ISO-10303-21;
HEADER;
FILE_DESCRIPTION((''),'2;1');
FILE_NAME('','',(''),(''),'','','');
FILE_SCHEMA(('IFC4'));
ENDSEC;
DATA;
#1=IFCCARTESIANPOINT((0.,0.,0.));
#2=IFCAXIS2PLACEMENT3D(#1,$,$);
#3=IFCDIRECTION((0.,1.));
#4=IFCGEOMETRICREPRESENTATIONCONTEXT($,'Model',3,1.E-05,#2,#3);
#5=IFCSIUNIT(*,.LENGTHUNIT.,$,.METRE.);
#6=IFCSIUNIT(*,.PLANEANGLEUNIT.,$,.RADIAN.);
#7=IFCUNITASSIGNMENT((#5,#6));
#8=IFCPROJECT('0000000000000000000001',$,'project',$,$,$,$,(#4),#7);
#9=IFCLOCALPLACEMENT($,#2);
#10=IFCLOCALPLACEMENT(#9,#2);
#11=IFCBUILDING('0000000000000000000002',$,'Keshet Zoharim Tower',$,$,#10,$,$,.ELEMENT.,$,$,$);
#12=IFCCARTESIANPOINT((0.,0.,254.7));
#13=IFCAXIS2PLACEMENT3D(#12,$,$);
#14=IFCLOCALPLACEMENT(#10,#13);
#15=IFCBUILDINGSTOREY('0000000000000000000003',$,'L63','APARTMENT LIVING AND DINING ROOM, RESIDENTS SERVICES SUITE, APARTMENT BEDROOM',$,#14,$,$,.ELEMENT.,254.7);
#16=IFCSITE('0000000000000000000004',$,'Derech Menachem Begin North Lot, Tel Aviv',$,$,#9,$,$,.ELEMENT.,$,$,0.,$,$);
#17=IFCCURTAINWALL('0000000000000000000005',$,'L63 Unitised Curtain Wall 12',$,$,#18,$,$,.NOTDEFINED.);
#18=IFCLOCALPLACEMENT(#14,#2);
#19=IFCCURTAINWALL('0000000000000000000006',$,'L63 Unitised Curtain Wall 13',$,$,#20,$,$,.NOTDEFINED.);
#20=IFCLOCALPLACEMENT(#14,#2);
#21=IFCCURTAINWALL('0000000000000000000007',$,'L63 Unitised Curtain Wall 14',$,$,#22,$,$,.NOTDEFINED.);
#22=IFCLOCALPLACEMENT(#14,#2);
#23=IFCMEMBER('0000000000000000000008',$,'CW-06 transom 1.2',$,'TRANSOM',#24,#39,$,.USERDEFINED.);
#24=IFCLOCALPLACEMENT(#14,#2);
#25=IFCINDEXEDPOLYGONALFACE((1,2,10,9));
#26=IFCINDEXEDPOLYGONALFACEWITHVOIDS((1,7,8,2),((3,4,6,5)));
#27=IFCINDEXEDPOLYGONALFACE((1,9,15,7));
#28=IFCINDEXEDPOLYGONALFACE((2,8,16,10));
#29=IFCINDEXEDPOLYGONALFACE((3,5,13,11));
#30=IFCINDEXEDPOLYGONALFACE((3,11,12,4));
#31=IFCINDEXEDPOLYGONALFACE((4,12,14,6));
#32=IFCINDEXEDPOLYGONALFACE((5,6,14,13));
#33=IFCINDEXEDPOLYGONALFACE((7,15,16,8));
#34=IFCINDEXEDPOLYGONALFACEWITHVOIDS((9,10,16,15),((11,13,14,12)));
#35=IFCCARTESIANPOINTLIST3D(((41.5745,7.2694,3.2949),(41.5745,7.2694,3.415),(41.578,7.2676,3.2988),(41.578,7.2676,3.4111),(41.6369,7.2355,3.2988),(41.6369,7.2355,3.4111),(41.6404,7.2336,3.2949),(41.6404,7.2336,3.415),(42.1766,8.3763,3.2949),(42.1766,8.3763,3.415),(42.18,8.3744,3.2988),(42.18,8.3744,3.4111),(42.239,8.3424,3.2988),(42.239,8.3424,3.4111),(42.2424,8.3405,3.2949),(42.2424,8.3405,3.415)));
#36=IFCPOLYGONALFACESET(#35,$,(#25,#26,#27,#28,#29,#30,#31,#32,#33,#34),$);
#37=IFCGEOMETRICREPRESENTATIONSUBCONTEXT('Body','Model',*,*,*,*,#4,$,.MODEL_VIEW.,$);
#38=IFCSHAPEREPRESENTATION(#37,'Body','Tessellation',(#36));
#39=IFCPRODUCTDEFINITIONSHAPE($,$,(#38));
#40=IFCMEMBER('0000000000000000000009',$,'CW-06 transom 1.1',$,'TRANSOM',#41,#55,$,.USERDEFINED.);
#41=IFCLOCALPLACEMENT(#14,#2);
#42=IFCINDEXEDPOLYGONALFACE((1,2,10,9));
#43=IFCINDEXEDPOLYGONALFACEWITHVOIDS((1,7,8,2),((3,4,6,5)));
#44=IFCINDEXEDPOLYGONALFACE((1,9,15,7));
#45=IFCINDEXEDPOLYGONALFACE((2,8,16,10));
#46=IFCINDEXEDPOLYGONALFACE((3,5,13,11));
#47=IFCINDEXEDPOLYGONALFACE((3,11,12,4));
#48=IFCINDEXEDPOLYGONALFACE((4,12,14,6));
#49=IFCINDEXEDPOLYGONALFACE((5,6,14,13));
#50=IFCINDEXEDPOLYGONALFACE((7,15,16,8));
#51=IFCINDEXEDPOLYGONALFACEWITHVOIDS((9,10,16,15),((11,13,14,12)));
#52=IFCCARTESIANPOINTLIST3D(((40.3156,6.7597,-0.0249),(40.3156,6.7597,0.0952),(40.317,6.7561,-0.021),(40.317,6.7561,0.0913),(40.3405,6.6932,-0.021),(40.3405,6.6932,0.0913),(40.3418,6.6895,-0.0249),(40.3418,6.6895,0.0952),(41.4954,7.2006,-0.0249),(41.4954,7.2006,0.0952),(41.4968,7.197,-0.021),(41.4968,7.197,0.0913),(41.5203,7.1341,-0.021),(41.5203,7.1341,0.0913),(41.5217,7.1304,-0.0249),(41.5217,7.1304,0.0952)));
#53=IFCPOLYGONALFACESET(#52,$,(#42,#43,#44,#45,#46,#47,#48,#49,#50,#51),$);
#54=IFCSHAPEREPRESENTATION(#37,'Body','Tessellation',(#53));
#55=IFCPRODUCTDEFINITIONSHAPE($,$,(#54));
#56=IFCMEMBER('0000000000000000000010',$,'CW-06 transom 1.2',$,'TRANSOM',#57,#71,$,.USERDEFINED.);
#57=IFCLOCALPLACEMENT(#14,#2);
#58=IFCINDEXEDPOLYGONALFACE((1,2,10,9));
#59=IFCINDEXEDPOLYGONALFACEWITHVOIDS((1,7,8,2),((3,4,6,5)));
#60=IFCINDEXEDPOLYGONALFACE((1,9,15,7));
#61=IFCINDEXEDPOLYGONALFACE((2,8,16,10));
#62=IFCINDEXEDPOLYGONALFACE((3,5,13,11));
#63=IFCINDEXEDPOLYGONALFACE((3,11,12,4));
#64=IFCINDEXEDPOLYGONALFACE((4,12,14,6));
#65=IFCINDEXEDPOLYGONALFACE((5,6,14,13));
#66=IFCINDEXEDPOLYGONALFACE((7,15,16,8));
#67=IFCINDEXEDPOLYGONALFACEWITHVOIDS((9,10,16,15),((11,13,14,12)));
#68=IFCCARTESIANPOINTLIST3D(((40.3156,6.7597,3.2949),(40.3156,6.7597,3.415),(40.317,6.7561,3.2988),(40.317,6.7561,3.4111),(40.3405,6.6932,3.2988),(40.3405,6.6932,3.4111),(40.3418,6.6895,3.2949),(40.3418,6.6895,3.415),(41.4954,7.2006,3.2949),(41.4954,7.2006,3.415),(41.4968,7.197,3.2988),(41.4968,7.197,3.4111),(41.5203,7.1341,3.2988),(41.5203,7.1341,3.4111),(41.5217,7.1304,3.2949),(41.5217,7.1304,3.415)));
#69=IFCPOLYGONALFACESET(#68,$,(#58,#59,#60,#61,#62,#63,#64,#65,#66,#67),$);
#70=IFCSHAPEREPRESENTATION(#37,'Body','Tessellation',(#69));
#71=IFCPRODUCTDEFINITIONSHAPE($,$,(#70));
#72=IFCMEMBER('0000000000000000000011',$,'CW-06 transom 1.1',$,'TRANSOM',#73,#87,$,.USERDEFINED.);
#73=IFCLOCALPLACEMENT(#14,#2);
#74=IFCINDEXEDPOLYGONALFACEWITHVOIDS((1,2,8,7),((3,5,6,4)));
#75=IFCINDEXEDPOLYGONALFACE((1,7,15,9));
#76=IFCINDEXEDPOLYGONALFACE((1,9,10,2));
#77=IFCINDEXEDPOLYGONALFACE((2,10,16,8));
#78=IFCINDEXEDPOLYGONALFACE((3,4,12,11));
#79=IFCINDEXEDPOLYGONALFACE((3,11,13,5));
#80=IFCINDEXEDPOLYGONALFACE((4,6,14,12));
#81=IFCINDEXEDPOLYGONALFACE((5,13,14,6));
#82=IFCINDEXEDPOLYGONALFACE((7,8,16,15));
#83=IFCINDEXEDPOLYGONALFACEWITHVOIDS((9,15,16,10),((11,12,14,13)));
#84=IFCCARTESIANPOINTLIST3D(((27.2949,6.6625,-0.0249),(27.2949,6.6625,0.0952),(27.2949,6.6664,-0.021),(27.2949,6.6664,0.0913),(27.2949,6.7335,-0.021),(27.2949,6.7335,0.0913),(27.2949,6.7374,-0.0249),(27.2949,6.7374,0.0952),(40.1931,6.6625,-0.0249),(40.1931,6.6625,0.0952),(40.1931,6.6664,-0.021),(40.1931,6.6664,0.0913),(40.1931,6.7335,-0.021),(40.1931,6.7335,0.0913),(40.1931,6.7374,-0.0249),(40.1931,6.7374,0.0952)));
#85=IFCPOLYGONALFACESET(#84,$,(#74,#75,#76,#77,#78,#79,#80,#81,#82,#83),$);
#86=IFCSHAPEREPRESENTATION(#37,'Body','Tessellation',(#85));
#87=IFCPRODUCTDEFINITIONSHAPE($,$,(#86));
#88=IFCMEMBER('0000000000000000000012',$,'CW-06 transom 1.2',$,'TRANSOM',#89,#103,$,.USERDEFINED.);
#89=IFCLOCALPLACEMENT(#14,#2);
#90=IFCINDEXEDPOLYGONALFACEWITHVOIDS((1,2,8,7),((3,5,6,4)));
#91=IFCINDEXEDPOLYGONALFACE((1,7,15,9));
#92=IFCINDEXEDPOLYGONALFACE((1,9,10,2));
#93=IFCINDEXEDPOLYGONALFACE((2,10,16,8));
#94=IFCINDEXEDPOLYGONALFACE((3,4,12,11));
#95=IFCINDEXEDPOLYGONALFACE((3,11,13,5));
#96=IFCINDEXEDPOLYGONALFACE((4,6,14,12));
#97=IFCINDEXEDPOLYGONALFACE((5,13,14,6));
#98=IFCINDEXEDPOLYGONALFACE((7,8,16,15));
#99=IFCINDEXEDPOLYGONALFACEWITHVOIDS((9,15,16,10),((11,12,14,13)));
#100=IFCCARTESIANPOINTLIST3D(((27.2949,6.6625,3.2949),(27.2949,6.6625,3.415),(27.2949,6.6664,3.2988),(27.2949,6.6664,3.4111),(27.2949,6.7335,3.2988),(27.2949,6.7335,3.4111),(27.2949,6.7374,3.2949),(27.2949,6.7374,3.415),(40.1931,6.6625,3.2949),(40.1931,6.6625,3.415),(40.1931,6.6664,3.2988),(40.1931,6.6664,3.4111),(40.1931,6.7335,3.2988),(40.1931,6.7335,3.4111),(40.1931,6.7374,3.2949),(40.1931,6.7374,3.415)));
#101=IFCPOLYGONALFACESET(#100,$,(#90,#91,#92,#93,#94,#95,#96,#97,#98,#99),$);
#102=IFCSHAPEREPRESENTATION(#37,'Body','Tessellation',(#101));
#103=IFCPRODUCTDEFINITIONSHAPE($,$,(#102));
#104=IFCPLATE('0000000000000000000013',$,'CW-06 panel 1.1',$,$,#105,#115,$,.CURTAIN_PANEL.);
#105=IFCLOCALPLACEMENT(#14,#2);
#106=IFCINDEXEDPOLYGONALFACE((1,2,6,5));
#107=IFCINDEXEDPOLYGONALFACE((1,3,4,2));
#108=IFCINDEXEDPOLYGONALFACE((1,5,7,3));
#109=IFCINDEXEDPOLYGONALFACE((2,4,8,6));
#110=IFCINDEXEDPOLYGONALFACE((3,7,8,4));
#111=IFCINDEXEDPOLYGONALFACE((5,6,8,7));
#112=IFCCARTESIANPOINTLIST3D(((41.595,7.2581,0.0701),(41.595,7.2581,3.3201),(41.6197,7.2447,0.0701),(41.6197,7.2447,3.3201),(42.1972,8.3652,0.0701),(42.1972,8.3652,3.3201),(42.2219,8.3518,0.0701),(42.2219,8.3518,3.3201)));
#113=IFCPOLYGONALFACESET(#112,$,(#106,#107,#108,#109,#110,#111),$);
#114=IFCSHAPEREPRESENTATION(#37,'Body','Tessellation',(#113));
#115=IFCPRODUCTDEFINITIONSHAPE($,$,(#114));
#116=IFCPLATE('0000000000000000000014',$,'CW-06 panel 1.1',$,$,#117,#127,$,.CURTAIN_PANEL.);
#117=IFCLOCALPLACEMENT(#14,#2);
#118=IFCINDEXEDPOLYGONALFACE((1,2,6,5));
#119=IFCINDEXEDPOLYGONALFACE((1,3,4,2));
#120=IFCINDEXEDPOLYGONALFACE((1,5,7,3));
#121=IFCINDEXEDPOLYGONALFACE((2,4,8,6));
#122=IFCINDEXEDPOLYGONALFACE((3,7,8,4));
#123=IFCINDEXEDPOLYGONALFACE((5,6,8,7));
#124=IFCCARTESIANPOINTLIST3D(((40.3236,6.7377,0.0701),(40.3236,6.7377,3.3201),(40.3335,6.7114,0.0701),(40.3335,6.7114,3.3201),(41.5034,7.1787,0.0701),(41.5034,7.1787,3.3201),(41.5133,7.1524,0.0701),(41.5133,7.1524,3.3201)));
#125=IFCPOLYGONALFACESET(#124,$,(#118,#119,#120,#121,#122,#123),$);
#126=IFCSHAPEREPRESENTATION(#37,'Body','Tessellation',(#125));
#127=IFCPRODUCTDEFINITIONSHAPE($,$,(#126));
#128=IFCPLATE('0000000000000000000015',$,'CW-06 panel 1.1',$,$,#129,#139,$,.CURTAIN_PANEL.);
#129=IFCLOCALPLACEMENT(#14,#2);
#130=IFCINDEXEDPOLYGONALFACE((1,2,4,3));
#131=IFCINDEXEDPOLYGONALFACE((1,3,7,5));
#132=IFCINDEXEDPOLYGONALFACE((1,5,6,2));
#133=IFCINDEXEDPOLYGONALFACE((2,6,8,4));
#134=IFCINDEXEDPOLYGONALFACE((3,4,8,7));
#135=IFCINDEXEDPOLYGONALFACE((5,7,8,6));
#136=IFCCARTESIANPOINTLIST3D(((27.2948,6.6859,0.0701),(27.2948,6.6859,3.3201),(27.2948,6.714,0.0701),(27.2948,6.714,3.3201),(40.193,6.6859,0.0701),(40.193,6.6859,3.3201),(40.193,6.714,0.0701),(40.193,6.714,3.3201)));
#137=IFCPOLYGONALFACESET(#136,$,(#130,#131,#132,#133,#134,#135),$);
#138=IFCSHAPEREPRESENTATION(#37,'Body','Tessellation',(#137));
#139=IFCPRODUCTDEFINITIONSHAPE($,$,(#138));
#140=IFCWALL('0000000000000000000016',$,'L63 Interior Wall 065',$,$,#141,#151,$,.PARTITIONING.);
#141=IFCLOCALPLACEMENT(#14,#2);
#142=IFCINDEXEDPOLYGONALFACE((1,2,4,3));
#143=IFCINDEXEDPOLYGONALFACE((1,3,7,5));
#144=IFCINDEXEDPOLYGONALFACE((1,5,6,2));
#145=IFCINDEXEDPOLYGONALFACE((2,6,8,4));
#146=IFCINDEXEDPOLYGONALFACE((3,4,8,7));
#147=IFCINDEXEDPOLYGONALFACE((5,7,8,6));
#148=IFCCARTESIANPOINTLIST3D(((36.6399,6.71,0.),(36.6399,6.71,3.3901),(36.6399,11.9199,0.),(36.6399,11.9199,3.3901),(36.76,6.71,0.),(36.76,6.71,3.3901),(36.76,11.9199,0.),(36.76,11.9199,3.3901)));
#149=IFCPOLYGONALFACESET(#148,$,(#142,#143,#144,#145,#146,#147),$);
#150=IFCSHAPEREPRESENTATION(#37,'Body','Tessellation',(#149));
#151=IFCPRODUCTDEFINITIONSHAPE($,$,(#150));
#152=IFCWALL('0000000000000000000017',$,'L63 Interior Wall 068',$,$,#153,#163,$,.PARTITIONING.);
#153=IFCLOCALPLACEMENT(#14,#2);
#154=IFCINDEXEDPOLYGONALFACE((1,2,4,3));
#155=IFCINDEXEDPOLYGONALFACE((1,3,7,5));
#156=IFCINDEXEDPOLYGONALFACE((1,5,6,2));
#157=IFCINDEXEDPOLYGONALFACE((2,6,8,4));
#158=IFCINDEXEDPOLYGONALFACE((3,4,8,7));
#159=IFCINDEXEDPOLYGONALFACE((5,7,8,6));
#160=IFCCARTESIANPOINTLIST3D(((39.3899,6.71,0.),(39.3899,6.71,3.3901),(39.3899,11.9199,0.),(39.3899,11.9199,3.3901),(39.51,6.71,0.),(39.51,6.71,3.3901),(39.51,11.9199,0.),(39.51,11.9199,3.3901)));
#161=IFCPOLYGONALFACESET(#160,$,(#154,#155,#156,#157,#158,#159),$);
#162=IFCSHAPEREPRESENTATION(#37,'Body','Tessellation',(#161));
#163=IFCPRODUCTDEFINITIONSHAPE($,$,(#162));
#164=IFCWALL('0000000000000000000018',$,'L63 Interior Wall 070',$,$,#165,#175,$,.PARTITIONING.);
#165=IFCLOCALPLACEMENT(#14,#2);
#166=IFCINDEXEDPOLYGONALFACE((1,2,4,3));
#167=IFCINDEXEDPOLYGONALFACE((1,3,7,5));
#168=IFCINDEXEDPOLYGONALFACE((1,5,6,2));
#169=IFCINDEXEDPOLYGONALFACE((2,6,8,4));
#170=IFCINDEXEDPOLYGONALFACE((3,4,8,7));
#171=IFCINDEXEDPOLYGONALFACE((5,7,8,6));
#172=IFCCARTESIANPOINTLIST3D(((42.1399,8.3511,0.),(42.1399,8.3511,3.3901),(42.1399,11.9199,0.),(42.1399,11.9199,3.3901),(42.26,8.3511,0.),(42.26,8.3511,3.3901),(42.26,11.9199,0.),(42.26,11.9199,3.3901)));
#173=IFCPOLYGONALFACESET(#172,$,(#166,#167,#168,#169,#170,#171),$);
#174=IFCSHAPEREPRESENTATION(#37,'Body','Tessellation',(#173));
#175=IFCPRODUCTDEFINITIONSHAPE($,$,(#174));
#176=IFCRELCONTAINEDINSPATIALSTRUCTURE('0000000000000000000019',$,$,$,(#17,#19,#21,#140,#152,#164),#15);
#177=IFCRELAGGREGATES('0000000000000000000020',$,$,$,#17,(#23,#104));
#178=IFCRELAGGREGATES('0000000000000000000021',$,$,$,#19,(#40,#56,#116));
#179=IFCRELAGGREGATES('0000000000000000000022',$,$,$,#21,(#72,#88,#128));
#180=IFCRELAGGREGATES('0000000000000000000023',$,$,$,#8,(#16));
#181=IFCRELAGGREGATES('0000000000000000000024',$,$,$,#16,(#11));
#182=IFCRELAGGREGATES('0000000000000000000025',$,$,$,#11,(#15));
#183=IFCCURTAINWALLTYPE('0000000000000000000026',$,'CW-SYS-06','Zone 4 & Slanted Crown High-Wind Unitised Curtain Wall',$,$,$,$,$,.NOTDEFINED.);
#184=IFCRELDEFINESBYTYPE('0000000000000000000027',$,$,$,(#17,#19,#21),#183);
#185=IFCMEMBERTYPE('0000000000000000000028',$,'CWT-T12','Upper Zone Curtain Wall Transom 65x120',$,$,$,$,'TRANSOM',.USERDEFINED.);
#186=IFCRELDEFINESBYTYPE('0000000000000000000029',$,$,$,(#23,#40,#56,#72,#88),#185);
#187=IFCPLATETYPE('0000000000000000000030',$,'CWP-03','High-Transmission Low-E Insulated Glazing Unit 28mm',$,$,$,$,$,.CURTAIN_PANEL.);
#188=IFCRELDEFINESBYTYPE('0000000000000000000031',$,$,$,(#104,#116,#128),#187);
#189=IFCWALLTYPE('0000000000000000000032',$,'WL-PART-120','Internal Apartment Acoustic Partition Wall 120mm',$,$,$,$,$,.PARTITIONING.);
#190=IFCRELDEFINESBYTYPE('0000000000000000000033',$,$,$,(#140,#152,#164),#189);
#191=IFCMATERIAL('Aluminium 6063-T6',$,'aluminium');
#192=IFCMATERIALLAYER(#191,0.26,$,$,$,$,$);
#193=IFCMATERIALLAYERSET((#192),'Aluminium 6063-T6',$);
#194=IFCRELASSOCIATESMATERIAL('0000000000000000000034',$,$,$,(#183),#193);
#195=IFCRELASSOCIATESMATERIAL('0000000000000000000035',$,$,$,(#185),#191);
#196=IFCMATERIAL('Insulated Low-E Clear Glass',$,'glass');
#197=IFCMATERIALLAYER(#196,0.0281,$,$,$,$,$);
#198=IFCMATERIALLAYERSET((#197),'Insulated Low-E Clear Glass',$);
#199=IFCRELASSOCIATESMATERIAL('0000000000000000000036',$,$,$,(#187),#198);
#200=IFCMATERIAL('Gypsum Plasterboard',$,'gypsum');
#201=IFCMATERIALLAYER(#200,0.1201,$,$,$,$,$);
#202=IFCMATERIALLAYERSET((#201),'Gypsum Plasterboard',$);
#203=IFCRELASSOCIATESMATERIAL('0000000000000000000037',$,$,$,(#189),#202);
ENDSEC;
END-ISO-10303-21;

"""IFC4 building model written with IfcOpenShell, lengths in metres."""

from ifc_helpers import new_model, si_unit, direction, frame, frame_2d, origin, origin_2d, place, context, subcontext, project, spatial, rectangle, hollow_rectangle, extrude, material, layer, layer_set, material_profile, profile_set, type_object, element, aggregate, save


model = new_model("IFC4")

# Units and contexts
model_context = context("Model", 3, precision=1e-05, world=origin(), true_north=direction((0.0, 1.0)))
body_context = subcontext(model_context, "Body", "Model", "MODEL_VIEW")
ifc_project = project(units=[si_unit("LENGTHUNIT", "METRE"), si_unit("PLANEANGLEUNIT", "RADIAN")], contexts=[model_context])

# Site, building, storey
site_placement = place(None, origin())
site = spatial("IfcSite", under=ifc_project, at=site_placement, Name="Derech Menachem Begin North Lot, Tel Aviv", CompositionType="ELEMENT", RefElevation=0.0)
building_placement = place(site_placement, origin())
building = spatial("IfcBuilding", under=site, at=building_placement, Name="Keshet Zoharim Tower", CompositionType="ELEMENT")
storey_placement = place(building_placement, frame((0.0, 0.0, 254.7)))
storey = spatial("IfcBuildingStorey", under=building, at=storey_placement, Name="L63", Description="APARTMENT LIVING AND DINING ROOM, RESIDENTS SERVICES SUITE, APARTMENT BEDROOM", CompositionType="ELEMENT", Elevation=254.7)

# Shared definitions
ifc_material_1 = material(Name="Aluminium 6063-T6", Category="aluminium")
ifc_layer_1 = layer(ifc_material_1, 0.26)
ifc_layer_set_1 = layer_set([ifc_layer_1], Name="Aluminium 6063-T6")
curtain_wall_type = type_object("IfcCurtainWallType", Name="CW-SYS-06", Description="Zone 4 & Slanted Crown High-Wind Unitised Curtain Wall", PredefinedType="NOTDEFINED", material=ifc_layer_set_1)

# Curtain walls
curtain_wall_1_placement = place(storey_placement, origin())
curtain_wall_1 = element("IfcCurtainWall", 1, at=curtain_wall_1_placement, inside=storey, type_object=curtain_wall_type, Name="L63 Unitised Curtain Wall 12", PredefinedType="NOTDEFINED")
curtain_wall_2_placement = place(storey_placement, origin())
curtain_wall_2 = element("IfcCurtainWall", 2, at=curtain_wall_2_placement, inside=storey, type_object=curtain_wall_type, Name="L63 Unitised Curtain Wall 13", PredefinedType="NOTDEFINED")

# Curtain wall
curtain_wall_3_placement = place(storey_placement, origin())
curtain_wall_3 = element("IfcCurtainWall", 3, at=curtain_wall_3_placement, inside=storey, type_object=curtain_wall_type, Name="L63 Unitised Curtain Wall 14", PredefinedType="NOTDEFINED")

# Members
ifc_material_profile_1 = material_profile(ifc_material_1, hollow_rectangle(XDim=0.075, YDim=0.1201, WallThickness=0.0039, at=origin_2d()), Name="TRN-75x120")
ifc_profile_set_1 = profile_set([ifc_material_profile_1], Name="Aluminium 6063-T6")
member_type_1 = type_object("IfcMemberType", Name="CWT-T12", Description="Upper Zone Curtain Wall Transom 65x120", ElementType="TRANSOM", PredefinedType="USERDEFINED", material=ifc_profile_set_1)
member_1_placement = place(storey_placement, frame((42.2095, 8.3584, 3.355), z_axis=(-0.477793, -0.878472, 0.0), x_axis=(0.878472, -0.477793, 0.0)))
member_1 = element("IfcMember", 4, at=member_1_placement, type_object=member_type_1, Name="CW-06 transom 1.2", ObjectType="TRANSOM", PredefinedType="USERDEFINED", context=body_context, shape_type="SweptSolid", body=[
    extrude(hollow_rectangle(XDim=0.075, YDim=0.1201, WallThickness=0.0039, at=origin_2d()), origin(), (0.0, 0.0, 1.0), 1.26),
])
member_2_placement = place(storey_placement, frame((41.5085, 7.1655, 0.0352), z_axis=(-0.936735, -0.35004, 0.0), x_axis=(0.35004, -0.936735, 0.0)))
member_2 = element("IfcMember", 5, at=member_2_placement, type_object=member_type_1, Name="CW-06 transom 1.1", ObjectType="TRANSOM", PredefinedType="USERDEFINED", context=body_context, shape_type="SweptSolid", body=[
    extrude(hollow_rectangle(XDim=0.075, YDim=0.1201, WallThickness=0.0039, at=origin_2d()), origin(), (0.0, 0.0, 1.0), 1.2595),
])
member_3_placement = place(storey_placement, frame((41.5085, 7.1655, 3.355), z_axis=(-0.936735, -0.35004, 0.0), x_axis=(0.35004, -0.936735, 0.0)))
member_3 = element("IfcMember", 6, at=member_3_placement, type_object=member_type_1, Name="CW-06 transom 1.2", ObjectType="TRANSOM", PredefinedType="USERDEFINED", context=body_context, shape_type="SweptSolid", body=[
    extrude(hollow_rectangle(XDim=0.075, YDim=0.1201, WallThickness=0.0039, at=origin_2d()), origin(), (0.0, 0.0, 1.0), 1.2595),
])
member_4_placement = place(storey_placement, frame((40.1931, 6.7, 0.0352), z_axis=(-1.0, 0.0, 0.0), x_axis=(0.0, -1.0, 0.0)))
member_4 = element("IfcMember", 7, at=member_4_placement, type_object=member_type_1, Name="CW-06 transom 1.1", ObjectType="TRANSOM", PredefinedType="USERDEFINED", context=body_context, shape_type="SweptSolid", body=[
    extrude(hollow_rectangle(XDim=0.075, YDim=0.1201, WallThickness=0.0039, at=origin_2d()), origin(), (0.0, 0.0, 1.0), 12.8982),
])
member_5_placement = place(storey_placement, frame((40.1931, 6.7, 3.355), z_axis=(-1.0, 0.0, 0.0), x_axis=(0.0, -1.0, 0.0)))
member_5 = element("IfcMember", 8, at=member_5_placement, type_object=member_type_1, Name="CW-06 transom 1.2", ObjectType="TRANSOM", PredefinedType="USERDEFINED", context=body_context, shape_type="SweptSolid", body=[
    extrude(hollow_rectangle(XDim=0.075, YDim=0.1201, WallThickness=0.0039, at=origin_2d()), origin(), (0.0, 0.0, 1.0), 12.8982),
])

# Plates
ifc_material_2 = material(Name="Insulated Low-E Clear Glass", Category="glass")
ifc_layer_2 = layer(ifc_material_2, 0.0281)
ifc_layer_set_2 = layer_set([ifc_layer_2], Name="Insulated Low-E Clear Glass")
plate_type = type_object("IfcPlateType", Name="CWP-03", Description="High-Transmission Low-E Insulated Glazing Unit 28mm", PredefinedType="CURTAIN_PANEL", material=ifc_layer_set_2)
plate_1_placement = place(storey_placement, frame((41.9084, 7.8049, 0.0701), z_axis=(0.0, 0.0, 1.0), x_axis=(-0.477801, -0.878468, 0.0)))
plate_1 = element("IfcPlate", 9, at=plate_1_placement, type_object=plate_type, Name="CW-06 panel 1.1", PredefinedType="CURTAIN_PANEL", context=body_context, shape_type="SweptSolid", body=[
    extrude(rectangle(XDim=1.2603, YDim=0.0281, at=origin_2d()), origin(), (0.0, 0.0, 1.0), 3.25),
])
aggregate(curtain_wall_1, [member_1, plate_1])
plate_2_placement = place(storey_placement, frame((40.9185, 6.9451, 0.0701), z_axis=(0.0, 0.0, 1.0), x_axis=(-0.93671, -0.350105, 0.0)))
plate_2 = element("IfcPlate", 10, at=plate_2_placement, type_object=plate_type, Name="CW-06 panel 1.1", PredefinedType="CURTAIN_PANEL", context=body_context, shape_type="SweptSolid", body=[
    extrude(rectangle(XDim=1.2595, YDim=0.0281, at=origin_2d()), origin(), (0.0, 0.0, 1.0), 3.25),
])
aggregate(curtain_wall_2, [member_2, member_3, plate_2])
plate_3_placement = place(storey_placement, frame((33.7439, 6.7, 0.0701), z_axis=(0.0, 0.0, 1.0), x_axis=(-1.0, 0.0, 0.0)))
plate_3 = element("IfcPlate", 11, at=plate_3_placement, type_object=plate_type, Name="CW-06 panel 1.1", PredefinedType="CURTAIN_PANEL", context=body_context, shape_type="SweptSolid", body=[
    extrude(rectangle(XDim=12.8982, YDim=0.0281, at=origin_2d()), origin(), (0.0, 0.0, 1.0), 3.25),
])
aggregate(curtain_wall_3, [member_4, member_5, plate_3])

# Walls
ifc_material_3 = material(Name="Gypsum Plasterboard", Category="gypsum")
ifc_layer_3 = layer(ifc_material_3, 0.1201)
ifc_layer_set_3 = layer_set([ifc_layer_3], Name="Gypsum Plasterboard")
wall_type = type_object("IfcWallType", Name="WL-PART-120", Description="Internal Apartment Acoustic Partition Wall 120mm", PredefinedType="PARTITIONING", material=ifc_layer_set_3)
for number, where, z_axis, x_axis, name in (
    (12, (36.7, 6.71, 0.0), (0.0, 0.0, 1.0), (0.0, 1.0, 0.0), "L63 Interior Wall 065"),
    (13, (39.45, 6.71, 0.0), (0.0, 0.0, 1.0), (0.0, 1.0, 0.0), "L63 Interior Wall 068"),
):
    element("IfcWall", number, at=place(storey_placement, frame(where, z_axis=z_axis, x_axis=x_axis)), inside=storey, type_object=wall_type, Name=name, PredefinedType="PARTITIONING", context=body_context, shape_type="SweptSolid", body=[
        extrude(rectangle(XDim=5.21, YDim=0.1201, at=frame_2d((2.605, 0.0))), origin(), (0.0, 0.0, 1.0), 3.3901),
    ])
wall_1_placement = place(storey_placement, frame((42.2, 8.3511, 0.0), z_axis=(0.0, 0.0, 1.0), x_axis=(0.0, 1.0, 0.0)))
element("IfcWall", 14, at=wall_1_placement, inside=storey, type_object=wall_type, Name="L63 Interior Wall 070", PredefinedType="PARTITIONING", context=body_context, shape_type="SweptSolid", body=[
    extrude(rectangle(XDim=3.5688, YDim=0.1201, at=frame_2d((1.7844, 0.0))), origin(), (0.0, 0.0, 1.0), 3.3901),
])

save(model, "model.ifc")
